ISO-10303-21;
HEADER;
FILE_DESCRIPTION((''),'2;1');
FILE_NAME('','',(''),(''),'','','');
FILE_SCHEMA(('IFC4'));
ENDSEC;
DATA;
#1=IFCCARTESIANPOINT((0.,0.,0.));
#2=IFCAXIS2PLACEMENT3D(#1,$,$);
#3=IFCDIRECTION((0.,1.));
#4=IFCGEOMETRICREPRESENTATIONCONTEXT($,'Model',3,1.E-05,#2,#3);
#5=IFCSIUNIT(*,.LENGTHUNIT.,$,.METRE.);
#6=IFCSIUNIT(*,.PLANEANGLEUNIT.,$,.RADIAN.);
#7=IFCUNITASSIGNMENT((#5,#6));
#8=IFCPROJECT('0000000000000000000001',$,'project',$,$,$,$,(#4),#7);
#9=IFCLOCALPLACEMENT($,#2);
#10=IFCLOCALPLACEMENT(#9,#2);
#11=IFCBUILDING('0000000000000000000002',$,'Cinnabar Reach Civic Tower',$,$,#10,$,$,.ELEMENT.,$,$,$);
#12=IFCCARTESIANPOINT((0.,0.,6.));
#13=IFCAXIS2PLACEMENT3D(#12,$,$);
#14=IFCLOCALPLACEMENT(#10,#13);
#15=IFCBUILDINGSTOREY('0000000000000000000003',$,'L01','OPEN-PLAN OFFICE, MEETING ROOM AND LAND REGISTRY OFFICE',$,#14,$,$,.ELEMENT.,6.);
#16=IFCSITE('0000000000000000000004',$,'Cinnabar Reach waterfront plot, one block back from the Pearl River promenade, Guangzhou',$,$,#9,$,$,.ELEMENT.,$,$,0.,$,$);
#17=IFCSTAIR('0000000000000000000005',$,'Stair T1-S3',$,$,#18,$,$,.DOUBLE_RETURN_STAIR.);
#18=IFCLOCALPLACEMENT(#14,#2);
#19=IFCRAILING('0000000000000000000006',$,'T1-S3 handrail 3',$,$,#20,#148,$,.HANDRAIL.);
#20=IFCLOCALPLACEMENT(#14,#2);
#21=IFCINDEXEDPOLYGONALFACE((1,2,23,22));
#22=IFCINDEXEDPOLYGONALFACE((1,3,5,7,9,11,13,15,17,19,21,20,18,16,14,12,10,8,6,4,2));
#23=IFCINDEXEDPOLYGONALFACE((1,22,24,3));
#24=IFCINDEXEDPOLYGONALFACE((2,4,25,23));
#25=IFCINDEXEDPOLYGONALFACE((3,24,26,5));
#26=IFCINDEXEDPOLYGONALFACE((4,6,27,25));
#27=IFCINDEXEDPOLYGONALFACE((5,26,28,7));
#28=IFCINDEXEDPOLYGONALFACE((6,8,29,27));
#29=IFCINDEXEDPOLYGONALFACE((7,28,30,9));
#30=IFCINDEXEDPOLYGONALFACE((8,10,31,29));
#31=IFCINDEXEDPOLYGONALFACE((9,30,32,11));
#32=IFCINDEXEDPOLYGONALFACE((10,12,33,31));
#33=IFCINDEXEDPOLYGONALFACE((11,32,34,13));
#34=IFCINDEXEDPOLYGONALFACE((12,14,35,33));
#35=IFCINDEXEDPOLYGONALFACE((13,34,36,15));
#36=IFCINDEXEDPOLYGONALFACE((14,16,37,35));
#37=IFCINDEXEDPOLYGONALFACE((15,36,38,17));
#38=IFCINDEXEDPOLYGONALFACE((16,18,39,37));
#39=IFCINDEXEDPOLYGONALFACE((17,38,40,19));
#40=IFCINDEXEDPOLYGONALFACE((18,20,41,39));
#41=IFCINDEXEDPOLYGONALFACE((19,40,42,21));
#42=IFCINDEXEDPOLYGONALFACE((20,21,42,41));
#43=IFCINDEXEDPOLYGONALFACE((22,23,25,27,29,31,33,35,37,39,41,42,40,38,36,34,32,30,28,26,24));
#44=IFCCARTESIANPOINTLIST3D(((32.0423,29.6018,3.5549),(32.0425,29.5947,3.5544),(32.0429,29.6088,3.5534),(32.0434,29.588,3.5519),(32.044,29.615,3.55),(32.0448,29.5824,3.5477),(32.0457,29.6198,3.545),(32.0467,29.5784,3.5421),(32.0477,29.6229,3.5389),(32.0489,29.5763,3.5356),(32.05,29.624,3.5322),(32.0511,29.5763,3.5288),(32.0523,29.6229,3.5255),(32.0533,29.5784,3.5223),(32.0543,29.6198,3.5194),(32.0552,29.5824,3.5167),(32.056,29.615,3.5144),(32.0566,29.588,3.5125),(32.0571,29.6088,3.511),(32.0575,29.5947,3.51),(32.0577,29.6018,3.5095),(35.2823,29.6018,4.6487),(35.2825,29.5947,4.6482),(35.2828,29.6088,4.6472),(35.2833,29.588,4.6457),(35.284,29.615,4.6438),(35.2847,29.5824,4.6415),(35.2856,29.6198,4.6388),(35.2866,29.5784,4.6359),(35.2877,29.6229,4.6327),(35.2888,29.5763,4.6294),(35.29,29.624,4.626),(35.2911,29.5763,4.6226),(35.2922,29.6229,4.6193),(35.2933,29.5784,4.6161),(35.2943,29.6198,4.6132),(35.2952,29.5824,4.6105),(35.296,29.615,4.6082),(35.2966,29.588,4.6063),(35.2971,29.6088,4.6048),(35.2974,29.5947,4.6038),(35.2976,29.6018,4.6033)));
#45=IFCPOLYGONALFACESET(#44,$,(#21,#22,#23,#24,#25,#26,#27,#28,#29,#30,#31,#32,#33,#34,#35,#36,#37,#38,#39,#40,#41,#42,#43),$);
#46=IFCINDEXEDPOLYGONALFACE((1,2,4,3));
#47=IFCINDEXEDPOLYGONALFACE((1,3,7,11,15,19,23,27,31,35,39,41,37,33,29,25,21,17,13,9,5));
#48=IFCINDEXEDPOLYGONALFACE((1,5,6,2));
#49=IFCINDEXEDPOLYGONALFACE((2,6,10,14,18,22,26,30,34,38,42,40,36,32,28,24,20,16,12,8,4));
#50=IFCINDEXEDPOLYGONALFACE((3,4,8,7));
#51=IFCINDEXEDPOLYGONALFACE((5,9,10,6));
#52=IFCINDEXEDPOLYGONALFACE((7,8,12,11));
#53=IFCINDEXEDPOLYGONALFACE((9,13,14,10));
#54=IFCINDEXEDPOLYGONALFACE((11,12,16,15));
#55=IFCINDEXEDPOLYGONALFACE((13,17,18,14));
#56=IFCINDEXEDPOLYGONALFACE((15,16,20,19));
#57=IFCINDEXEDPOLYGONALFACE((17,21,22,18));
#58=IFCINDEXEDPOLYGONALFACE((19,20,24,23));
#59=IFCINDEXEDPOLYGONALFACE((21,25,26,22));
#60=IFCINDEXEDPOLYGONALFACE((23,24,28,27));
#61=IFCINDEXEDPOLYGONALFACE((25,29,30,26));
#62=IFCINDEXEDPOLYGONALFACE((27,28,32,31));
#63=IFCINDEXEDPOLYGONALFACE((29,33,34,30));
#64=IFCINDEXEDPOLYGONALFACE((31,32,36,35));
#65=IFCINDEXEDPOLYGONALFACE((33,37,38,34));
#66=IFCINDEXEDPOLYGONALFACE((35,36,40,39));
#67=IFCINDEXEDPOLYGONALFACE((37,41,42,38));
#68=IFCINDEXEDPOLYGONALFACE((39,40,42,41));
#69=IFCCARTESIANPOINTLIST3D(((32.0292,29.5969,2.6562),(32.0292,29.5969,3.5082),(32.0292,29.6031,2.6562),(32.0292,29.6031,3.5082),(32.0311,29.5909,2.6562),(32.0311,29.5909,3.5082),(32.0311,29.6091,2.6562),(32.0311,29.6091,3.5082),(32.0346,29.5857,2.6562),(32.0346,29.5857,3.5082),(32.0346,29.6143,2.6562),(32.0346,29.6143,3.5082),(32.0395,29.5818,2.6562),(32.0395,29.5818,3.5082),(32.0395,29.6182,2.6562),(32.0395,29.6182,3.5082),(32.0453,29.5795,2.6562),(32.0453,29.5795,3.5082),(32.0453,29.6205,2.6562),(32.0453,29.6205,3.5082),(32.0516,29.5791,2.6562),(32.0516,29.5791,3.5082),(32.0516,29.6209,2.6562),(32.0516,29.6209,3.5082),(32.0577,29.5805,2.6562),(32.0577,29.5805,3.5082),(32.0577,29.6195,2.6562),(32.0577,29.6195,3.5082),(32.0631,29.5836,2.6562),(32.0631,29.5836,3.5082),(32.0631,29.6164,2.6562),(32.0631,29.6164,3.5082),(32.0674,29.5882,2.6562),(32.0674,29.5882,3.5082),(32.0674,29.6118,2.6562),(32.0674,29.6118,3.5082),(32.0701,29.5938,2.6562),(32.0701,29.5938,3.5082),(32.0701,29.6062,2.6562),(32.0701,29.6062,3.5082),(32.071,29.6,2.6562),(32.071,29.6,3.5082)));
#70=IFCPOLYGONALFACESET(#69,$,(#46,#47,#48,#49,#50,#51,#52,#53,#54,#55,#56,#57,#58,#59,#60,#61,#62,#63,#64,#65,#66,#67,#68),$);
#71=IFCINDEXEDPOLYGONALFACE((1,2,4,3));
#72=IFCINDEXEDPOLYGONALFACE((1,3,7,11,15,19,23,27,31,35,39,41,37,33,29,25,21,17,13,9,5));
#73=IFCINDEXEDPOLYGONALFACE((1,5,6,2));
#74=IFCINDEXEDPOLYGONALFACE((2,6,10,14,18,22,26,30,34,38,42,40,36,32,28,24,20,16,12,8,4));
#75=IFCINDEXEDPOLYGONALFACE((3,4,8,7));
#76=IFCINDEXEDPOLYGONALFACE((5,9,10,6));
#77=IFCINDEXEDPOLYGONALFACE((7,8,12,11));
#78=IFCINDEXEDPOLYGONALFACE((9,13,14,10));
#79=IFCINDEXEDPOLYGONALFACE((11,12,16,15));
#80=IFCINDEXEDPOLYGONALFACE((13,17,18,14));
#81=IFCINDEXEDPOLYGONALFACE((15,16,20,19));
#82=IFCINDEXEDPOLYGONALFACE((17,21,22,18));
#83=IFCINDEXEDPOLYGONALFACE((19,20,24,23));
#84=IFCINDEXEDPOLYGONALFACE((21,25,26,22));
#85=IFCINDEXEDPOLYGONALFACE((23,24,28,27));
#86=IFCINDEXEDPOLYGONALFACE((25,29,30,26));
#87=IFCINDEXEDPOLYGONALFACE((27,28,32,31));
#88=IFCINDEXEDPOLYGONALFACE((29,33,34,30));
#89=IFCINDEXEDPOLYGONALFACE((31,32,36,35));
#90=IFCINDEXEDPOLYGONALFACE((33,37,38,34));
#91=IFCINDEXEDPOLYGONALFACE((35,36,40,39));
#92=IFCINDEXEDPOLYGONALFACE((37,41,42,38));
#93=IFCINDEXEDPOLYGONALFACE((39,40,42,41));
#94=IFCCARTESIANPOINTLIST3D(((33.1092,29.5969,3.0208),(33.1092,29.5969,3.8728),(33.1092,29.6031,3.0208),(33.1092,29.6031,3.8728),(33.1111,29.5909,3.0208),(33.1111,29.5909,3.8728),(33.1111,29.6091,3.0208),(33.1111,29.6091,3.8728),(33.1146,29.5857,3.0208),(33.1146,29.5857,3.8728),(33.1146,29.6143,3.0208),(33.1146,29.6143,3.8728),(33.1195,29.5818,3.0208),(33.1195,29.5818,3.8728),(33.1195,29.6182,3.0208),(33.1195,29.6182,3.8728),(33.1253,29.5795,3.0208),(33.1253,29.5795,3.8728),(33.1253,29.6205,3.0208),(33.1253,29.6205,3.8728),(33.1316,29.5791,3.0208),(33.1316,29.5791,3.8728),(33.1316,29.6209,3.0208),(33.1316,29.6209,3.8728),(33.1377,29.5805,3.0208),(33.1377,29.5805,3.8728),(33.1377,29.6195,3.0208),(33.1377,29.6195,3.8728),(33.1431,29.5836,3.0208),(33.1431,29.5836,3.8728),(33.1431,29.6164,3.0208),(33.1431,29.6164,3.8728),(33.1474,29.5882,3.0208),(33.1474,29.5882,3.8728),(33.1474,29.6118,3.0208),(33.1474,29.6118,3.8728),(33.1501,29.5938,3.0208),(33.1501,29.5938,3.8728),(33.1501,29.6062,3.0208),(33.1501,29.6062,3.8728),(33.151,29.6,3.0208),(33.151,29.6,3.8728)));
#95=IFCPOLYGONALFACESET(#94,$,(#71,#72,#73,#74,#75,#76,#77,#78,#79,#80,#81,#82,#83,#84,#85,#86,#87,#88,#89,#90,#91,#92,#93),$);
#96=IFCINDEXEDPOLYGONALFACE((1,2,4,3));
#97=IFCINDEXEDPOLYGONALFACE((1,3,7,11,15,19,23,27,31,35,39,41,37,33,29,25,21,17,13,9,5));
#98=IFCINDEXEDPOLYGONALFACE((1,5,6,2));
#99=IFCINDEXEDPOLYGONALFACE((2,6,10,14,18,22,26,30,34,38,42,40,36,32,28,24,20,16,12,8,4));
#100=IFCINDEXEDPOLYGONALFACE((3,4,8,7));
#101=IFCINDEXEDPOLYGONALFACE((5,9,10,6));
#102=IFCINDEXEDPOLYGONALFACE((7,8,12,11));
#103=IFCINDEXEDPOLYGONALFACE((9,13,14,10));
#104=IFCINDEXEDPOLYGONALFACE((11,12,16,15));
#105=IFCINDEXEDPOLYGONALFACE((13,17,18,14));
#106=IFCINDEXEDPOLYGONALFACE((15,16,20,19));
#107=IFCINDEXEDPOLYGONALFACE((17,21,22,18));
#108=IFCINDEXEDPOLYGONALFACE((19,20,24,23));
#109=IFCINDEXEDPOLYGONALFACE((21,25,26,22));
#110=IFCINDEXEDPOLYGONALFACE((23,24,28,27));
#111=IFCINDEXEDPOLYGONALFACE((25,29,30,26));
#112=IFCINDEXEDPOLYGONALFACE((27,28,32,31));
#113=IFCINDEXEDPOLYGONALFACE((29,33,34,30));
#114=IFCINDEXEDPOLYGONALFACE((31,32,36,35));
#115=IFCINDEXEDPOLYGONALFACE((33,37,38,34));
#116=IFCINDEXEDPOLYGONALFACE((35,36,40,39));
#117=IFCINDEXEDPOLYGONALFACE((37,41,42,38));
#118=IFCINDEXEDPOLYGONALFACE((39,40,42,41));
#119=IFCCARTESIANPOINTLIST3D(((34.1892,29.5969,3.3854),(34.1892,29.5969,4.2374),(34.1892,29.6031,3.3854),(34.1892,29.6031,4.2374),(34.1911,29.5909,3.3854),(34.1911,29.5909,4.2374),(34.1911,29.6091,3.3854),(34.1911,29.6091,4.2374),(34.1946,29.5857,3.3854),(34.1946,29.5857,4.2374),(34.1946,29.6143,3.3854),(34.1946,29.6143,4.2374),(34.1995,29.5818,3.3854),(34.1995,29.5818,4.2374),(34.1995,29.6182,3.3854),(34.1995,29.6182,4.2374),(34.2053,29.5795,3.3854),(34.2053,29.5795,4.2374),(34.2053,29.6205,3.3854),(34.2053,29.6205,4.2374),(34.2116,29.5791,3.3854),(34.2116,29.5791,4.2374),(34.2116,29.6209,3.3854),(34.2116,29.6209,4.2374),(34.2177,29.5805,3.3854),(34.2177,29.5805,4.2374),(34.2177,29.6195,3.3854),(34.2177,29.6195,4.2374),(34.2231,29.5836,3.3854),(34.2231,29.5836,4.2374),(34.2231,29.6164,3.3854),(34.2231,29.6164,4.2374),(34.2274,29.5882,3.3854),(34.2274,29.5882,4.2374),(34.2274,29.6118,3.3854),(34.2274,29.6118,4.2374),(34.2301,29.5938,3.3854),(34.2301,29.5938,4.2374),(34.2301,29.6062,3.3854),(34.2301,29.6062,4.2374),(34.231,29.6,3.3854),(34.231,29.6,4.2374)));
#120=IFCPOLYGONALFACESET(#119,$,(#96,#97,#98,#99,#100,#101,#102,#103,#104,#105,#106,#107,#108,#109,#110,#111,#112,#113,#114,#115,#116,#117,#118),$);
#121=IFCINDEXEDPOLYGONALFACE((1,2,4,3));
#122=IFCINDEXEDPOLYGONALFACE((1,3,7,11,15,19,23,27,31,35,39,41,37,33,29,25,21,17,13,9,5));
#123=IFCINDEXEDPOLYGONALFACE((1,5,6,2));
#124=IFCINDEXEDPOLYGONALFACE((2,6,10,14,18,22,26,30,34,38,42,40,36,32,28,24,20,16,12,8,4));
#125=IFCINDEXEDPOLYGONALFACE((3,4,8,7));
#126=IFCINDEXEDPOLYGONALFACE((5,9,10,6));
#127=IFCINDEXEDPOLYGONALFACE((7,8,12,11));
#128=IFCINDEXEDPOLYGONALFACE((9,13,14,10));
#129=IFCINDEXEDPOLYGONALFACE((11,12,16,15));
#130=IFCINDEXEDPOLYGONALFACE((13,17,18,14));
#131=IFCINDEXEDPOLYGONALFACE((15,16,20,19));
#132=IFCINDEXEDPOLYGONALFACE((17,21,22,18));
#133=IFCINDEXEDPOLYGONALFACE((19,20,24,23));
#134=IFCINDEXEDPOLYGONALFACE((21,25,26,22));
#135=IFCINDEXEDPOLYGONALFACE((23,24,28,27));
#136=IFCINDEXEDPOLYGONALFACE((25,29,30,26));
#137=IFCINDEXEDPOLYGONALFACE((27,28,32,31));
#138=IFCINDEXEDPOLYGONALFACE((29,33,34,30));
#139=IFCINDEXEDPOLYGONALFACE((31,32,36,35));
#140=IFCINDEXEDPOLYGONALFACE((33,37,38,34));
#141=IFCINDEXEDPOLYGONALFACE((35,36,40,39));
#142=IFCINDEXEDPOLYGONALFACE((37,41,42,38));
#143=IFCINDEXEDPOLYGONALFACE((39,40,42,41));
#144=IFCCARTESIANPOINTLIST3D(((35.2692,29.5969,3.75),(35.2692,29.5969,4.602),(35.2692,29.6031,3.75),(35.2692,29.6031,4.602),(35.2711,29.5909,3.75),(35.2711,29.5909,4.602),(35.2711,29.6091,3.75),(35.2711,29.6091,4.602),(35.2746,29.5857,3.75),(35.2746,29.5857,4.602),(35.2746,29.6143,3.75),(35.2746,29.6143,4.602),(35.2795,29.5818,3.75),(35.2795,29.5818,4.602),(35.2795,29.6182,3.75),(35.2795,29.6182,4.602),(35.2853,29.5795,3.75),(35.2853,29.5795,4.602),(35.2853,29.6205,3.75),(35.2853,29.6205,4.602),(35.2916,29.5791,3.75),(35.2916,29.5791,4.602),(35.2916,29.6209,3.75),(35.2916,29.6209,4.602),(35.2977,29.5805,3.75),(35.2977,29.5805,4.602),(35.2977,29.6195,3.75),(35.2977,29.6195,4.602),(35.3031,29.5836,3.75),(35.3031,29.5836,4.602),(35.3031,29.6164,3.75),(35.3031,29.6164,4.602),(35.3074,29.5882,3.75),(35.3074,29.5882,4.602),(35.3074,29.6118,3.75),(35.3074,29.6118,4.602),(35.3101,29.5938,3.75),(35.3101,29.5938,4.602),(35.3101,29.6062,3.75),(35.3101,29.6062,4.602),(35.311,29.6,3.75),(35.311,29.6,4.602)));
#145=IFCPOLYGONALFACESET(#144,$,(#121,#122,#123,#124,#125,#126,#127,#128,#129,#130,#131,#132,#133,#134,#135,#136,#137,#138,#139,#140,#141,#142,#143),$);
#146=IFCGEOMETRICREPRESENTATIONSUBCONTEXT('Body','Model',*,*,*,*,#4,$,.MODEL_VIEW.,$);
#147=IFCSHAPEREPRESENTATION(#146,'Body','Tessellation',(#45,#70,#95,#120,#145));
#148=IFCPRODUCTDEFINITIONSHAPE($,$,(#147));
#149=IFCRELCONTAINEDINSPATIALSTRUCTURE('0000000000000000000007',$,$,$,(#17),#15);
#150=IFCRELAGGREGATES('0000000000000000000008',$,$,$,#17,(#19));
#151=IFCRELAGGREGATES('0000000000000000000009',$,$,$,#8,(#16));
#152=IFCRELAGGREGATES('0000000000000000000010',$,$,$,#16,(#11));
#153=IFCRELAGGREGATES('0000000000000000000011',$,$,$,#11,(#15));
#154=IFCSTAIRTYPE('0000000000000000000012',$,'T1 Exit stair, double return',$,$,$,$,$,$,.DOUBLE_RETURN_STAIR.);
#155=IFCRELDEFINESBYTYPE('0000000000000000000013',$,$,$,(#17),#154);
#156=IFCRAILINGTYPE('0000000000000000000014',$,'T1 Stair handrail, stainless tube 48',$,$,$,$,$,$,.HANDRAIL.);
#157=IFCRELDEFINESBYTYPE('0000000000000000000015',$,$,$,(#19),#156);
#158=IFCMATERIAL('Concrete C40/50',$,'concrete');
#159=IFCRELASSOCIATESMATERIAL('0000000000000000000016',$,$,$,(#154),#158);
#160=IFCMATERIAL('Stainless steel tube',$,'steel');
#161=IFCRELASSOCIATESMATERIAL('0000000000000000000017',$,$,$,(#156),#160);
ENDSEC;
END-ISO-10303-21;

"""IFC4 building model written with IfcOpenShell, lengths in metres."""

from ifc_helpers import new_model, si_unit, direction, frame, origin, origin_2d, place, context, subcontext, project, spatial, circle, extrude, material, type_object, element, aggregate, save


model = new_model("IFC4")

# Units and contexts
model_context = context("Model", 3, precision=1e-05, world=origin(), true_north=direction((0.0, 1.0)))
body_context = subcontext(model_context, "Body", "Model", "MODEL_VIEW")
ifc_project = project(units=[si_unit("LENGTHUNIT", "METRE"), si_unit("PLANEANGLEUNIT", "RADIAN")], contexts=[model_context])

# Site, building, storey
site_placement = place(None, origin())
site = spatial("IfcSite", under=ifc_project, at=site_placement, Name="Cinnabar Reach waterfront plot, one block back from the Pearl River promenade, Guangzhou", CompositionType="ELEMENT", RefElevation=0.0)
building_placement = place(site_placement, origin())
building = spatial("IfcBuilding", under=site, at=building_placement, Name="Cinnabar Reach Civic Tower", CompositionType="ELEMENT")
storey_placement = place(building_placement, frame((0.0, 0.0, 6.0)))
storey = spatial("IfcBuildingStorey", under=building, at=storey_placement, Name="L01", Description="OPEN-PLAN OFFICE, MEETING ROOM AND LAND REGISTRY OFFICE", CompositionType="ELEMENT", Elevation=6.0)

# Stair, railing
ifc_material_1 = material(Name="Concrete C40/50", Category="concrete")
stair_type = type_object("IfcStairType", Name="T1 Exit stair, double return", PredefinedType="DOUBLE_RETURN_STAIR", material=ifc_material_1)
stair_placement = place(storey_placement, origin())
stair = element("IfcStair", 1, at=stair_placement, inside=storey, type_object=stair_type, Name="Stair T1-S3", PredefinedType="DOUBLE_RETURN_STAIR")
ifc_material_2 = material(Name="Stainless steel tube", Category="steel")
railing_type = type_object("IfcRailingType", Name="T1 Stair handrail, stainless tube 48", PredefinedType="HANDRAIL", material=ifc_material_2)
railing_1_placement = place(storey_placement, frame((32.05, 29.6, 2.6562)))
railing_1 = element("IfcRailing", 2, at=railing_1_placement, type_object=railing_type, Name="T1-S3 handrail 3", PredefinedType="HANDRAIL", context=body_context, shape_type="SweptSolid", body=[
    extrude(circle(Radius=0.024, at=origin_2d()), frame((0.0, 0.0, 0.876), z_axis=(0.947466, 0.0, 0.319857), x_axis=(0.0, 1.0, 0.0)), (0.0, 0.0, 1.0), 3.4196),
    extrude(circle(Radius=0.021, at=origin_2d()), origin(), (0.0, 0.0, 1.0), 0.852),
    extrude(circle(Radius=0.021, at=origin_2d()), frame((1.08, 0.0, 0.3646)), (0.0, 0.0, 1.0), 0.852),
    extrude(circle(Radius=0.021, at=origin_2d()), frame((2.16, 0.0, 0.7292)), (0.0, 0.0, 1.0), 0.852),
    extrude(circle(Radius=0.021, at=origin_2d()), frame((3.24, 0.0, 1.0938)), (0.0, 0.0, 1.0), 0.852),
])
aggregate(stair, [railing_1])

save(model, "model.ifc")
